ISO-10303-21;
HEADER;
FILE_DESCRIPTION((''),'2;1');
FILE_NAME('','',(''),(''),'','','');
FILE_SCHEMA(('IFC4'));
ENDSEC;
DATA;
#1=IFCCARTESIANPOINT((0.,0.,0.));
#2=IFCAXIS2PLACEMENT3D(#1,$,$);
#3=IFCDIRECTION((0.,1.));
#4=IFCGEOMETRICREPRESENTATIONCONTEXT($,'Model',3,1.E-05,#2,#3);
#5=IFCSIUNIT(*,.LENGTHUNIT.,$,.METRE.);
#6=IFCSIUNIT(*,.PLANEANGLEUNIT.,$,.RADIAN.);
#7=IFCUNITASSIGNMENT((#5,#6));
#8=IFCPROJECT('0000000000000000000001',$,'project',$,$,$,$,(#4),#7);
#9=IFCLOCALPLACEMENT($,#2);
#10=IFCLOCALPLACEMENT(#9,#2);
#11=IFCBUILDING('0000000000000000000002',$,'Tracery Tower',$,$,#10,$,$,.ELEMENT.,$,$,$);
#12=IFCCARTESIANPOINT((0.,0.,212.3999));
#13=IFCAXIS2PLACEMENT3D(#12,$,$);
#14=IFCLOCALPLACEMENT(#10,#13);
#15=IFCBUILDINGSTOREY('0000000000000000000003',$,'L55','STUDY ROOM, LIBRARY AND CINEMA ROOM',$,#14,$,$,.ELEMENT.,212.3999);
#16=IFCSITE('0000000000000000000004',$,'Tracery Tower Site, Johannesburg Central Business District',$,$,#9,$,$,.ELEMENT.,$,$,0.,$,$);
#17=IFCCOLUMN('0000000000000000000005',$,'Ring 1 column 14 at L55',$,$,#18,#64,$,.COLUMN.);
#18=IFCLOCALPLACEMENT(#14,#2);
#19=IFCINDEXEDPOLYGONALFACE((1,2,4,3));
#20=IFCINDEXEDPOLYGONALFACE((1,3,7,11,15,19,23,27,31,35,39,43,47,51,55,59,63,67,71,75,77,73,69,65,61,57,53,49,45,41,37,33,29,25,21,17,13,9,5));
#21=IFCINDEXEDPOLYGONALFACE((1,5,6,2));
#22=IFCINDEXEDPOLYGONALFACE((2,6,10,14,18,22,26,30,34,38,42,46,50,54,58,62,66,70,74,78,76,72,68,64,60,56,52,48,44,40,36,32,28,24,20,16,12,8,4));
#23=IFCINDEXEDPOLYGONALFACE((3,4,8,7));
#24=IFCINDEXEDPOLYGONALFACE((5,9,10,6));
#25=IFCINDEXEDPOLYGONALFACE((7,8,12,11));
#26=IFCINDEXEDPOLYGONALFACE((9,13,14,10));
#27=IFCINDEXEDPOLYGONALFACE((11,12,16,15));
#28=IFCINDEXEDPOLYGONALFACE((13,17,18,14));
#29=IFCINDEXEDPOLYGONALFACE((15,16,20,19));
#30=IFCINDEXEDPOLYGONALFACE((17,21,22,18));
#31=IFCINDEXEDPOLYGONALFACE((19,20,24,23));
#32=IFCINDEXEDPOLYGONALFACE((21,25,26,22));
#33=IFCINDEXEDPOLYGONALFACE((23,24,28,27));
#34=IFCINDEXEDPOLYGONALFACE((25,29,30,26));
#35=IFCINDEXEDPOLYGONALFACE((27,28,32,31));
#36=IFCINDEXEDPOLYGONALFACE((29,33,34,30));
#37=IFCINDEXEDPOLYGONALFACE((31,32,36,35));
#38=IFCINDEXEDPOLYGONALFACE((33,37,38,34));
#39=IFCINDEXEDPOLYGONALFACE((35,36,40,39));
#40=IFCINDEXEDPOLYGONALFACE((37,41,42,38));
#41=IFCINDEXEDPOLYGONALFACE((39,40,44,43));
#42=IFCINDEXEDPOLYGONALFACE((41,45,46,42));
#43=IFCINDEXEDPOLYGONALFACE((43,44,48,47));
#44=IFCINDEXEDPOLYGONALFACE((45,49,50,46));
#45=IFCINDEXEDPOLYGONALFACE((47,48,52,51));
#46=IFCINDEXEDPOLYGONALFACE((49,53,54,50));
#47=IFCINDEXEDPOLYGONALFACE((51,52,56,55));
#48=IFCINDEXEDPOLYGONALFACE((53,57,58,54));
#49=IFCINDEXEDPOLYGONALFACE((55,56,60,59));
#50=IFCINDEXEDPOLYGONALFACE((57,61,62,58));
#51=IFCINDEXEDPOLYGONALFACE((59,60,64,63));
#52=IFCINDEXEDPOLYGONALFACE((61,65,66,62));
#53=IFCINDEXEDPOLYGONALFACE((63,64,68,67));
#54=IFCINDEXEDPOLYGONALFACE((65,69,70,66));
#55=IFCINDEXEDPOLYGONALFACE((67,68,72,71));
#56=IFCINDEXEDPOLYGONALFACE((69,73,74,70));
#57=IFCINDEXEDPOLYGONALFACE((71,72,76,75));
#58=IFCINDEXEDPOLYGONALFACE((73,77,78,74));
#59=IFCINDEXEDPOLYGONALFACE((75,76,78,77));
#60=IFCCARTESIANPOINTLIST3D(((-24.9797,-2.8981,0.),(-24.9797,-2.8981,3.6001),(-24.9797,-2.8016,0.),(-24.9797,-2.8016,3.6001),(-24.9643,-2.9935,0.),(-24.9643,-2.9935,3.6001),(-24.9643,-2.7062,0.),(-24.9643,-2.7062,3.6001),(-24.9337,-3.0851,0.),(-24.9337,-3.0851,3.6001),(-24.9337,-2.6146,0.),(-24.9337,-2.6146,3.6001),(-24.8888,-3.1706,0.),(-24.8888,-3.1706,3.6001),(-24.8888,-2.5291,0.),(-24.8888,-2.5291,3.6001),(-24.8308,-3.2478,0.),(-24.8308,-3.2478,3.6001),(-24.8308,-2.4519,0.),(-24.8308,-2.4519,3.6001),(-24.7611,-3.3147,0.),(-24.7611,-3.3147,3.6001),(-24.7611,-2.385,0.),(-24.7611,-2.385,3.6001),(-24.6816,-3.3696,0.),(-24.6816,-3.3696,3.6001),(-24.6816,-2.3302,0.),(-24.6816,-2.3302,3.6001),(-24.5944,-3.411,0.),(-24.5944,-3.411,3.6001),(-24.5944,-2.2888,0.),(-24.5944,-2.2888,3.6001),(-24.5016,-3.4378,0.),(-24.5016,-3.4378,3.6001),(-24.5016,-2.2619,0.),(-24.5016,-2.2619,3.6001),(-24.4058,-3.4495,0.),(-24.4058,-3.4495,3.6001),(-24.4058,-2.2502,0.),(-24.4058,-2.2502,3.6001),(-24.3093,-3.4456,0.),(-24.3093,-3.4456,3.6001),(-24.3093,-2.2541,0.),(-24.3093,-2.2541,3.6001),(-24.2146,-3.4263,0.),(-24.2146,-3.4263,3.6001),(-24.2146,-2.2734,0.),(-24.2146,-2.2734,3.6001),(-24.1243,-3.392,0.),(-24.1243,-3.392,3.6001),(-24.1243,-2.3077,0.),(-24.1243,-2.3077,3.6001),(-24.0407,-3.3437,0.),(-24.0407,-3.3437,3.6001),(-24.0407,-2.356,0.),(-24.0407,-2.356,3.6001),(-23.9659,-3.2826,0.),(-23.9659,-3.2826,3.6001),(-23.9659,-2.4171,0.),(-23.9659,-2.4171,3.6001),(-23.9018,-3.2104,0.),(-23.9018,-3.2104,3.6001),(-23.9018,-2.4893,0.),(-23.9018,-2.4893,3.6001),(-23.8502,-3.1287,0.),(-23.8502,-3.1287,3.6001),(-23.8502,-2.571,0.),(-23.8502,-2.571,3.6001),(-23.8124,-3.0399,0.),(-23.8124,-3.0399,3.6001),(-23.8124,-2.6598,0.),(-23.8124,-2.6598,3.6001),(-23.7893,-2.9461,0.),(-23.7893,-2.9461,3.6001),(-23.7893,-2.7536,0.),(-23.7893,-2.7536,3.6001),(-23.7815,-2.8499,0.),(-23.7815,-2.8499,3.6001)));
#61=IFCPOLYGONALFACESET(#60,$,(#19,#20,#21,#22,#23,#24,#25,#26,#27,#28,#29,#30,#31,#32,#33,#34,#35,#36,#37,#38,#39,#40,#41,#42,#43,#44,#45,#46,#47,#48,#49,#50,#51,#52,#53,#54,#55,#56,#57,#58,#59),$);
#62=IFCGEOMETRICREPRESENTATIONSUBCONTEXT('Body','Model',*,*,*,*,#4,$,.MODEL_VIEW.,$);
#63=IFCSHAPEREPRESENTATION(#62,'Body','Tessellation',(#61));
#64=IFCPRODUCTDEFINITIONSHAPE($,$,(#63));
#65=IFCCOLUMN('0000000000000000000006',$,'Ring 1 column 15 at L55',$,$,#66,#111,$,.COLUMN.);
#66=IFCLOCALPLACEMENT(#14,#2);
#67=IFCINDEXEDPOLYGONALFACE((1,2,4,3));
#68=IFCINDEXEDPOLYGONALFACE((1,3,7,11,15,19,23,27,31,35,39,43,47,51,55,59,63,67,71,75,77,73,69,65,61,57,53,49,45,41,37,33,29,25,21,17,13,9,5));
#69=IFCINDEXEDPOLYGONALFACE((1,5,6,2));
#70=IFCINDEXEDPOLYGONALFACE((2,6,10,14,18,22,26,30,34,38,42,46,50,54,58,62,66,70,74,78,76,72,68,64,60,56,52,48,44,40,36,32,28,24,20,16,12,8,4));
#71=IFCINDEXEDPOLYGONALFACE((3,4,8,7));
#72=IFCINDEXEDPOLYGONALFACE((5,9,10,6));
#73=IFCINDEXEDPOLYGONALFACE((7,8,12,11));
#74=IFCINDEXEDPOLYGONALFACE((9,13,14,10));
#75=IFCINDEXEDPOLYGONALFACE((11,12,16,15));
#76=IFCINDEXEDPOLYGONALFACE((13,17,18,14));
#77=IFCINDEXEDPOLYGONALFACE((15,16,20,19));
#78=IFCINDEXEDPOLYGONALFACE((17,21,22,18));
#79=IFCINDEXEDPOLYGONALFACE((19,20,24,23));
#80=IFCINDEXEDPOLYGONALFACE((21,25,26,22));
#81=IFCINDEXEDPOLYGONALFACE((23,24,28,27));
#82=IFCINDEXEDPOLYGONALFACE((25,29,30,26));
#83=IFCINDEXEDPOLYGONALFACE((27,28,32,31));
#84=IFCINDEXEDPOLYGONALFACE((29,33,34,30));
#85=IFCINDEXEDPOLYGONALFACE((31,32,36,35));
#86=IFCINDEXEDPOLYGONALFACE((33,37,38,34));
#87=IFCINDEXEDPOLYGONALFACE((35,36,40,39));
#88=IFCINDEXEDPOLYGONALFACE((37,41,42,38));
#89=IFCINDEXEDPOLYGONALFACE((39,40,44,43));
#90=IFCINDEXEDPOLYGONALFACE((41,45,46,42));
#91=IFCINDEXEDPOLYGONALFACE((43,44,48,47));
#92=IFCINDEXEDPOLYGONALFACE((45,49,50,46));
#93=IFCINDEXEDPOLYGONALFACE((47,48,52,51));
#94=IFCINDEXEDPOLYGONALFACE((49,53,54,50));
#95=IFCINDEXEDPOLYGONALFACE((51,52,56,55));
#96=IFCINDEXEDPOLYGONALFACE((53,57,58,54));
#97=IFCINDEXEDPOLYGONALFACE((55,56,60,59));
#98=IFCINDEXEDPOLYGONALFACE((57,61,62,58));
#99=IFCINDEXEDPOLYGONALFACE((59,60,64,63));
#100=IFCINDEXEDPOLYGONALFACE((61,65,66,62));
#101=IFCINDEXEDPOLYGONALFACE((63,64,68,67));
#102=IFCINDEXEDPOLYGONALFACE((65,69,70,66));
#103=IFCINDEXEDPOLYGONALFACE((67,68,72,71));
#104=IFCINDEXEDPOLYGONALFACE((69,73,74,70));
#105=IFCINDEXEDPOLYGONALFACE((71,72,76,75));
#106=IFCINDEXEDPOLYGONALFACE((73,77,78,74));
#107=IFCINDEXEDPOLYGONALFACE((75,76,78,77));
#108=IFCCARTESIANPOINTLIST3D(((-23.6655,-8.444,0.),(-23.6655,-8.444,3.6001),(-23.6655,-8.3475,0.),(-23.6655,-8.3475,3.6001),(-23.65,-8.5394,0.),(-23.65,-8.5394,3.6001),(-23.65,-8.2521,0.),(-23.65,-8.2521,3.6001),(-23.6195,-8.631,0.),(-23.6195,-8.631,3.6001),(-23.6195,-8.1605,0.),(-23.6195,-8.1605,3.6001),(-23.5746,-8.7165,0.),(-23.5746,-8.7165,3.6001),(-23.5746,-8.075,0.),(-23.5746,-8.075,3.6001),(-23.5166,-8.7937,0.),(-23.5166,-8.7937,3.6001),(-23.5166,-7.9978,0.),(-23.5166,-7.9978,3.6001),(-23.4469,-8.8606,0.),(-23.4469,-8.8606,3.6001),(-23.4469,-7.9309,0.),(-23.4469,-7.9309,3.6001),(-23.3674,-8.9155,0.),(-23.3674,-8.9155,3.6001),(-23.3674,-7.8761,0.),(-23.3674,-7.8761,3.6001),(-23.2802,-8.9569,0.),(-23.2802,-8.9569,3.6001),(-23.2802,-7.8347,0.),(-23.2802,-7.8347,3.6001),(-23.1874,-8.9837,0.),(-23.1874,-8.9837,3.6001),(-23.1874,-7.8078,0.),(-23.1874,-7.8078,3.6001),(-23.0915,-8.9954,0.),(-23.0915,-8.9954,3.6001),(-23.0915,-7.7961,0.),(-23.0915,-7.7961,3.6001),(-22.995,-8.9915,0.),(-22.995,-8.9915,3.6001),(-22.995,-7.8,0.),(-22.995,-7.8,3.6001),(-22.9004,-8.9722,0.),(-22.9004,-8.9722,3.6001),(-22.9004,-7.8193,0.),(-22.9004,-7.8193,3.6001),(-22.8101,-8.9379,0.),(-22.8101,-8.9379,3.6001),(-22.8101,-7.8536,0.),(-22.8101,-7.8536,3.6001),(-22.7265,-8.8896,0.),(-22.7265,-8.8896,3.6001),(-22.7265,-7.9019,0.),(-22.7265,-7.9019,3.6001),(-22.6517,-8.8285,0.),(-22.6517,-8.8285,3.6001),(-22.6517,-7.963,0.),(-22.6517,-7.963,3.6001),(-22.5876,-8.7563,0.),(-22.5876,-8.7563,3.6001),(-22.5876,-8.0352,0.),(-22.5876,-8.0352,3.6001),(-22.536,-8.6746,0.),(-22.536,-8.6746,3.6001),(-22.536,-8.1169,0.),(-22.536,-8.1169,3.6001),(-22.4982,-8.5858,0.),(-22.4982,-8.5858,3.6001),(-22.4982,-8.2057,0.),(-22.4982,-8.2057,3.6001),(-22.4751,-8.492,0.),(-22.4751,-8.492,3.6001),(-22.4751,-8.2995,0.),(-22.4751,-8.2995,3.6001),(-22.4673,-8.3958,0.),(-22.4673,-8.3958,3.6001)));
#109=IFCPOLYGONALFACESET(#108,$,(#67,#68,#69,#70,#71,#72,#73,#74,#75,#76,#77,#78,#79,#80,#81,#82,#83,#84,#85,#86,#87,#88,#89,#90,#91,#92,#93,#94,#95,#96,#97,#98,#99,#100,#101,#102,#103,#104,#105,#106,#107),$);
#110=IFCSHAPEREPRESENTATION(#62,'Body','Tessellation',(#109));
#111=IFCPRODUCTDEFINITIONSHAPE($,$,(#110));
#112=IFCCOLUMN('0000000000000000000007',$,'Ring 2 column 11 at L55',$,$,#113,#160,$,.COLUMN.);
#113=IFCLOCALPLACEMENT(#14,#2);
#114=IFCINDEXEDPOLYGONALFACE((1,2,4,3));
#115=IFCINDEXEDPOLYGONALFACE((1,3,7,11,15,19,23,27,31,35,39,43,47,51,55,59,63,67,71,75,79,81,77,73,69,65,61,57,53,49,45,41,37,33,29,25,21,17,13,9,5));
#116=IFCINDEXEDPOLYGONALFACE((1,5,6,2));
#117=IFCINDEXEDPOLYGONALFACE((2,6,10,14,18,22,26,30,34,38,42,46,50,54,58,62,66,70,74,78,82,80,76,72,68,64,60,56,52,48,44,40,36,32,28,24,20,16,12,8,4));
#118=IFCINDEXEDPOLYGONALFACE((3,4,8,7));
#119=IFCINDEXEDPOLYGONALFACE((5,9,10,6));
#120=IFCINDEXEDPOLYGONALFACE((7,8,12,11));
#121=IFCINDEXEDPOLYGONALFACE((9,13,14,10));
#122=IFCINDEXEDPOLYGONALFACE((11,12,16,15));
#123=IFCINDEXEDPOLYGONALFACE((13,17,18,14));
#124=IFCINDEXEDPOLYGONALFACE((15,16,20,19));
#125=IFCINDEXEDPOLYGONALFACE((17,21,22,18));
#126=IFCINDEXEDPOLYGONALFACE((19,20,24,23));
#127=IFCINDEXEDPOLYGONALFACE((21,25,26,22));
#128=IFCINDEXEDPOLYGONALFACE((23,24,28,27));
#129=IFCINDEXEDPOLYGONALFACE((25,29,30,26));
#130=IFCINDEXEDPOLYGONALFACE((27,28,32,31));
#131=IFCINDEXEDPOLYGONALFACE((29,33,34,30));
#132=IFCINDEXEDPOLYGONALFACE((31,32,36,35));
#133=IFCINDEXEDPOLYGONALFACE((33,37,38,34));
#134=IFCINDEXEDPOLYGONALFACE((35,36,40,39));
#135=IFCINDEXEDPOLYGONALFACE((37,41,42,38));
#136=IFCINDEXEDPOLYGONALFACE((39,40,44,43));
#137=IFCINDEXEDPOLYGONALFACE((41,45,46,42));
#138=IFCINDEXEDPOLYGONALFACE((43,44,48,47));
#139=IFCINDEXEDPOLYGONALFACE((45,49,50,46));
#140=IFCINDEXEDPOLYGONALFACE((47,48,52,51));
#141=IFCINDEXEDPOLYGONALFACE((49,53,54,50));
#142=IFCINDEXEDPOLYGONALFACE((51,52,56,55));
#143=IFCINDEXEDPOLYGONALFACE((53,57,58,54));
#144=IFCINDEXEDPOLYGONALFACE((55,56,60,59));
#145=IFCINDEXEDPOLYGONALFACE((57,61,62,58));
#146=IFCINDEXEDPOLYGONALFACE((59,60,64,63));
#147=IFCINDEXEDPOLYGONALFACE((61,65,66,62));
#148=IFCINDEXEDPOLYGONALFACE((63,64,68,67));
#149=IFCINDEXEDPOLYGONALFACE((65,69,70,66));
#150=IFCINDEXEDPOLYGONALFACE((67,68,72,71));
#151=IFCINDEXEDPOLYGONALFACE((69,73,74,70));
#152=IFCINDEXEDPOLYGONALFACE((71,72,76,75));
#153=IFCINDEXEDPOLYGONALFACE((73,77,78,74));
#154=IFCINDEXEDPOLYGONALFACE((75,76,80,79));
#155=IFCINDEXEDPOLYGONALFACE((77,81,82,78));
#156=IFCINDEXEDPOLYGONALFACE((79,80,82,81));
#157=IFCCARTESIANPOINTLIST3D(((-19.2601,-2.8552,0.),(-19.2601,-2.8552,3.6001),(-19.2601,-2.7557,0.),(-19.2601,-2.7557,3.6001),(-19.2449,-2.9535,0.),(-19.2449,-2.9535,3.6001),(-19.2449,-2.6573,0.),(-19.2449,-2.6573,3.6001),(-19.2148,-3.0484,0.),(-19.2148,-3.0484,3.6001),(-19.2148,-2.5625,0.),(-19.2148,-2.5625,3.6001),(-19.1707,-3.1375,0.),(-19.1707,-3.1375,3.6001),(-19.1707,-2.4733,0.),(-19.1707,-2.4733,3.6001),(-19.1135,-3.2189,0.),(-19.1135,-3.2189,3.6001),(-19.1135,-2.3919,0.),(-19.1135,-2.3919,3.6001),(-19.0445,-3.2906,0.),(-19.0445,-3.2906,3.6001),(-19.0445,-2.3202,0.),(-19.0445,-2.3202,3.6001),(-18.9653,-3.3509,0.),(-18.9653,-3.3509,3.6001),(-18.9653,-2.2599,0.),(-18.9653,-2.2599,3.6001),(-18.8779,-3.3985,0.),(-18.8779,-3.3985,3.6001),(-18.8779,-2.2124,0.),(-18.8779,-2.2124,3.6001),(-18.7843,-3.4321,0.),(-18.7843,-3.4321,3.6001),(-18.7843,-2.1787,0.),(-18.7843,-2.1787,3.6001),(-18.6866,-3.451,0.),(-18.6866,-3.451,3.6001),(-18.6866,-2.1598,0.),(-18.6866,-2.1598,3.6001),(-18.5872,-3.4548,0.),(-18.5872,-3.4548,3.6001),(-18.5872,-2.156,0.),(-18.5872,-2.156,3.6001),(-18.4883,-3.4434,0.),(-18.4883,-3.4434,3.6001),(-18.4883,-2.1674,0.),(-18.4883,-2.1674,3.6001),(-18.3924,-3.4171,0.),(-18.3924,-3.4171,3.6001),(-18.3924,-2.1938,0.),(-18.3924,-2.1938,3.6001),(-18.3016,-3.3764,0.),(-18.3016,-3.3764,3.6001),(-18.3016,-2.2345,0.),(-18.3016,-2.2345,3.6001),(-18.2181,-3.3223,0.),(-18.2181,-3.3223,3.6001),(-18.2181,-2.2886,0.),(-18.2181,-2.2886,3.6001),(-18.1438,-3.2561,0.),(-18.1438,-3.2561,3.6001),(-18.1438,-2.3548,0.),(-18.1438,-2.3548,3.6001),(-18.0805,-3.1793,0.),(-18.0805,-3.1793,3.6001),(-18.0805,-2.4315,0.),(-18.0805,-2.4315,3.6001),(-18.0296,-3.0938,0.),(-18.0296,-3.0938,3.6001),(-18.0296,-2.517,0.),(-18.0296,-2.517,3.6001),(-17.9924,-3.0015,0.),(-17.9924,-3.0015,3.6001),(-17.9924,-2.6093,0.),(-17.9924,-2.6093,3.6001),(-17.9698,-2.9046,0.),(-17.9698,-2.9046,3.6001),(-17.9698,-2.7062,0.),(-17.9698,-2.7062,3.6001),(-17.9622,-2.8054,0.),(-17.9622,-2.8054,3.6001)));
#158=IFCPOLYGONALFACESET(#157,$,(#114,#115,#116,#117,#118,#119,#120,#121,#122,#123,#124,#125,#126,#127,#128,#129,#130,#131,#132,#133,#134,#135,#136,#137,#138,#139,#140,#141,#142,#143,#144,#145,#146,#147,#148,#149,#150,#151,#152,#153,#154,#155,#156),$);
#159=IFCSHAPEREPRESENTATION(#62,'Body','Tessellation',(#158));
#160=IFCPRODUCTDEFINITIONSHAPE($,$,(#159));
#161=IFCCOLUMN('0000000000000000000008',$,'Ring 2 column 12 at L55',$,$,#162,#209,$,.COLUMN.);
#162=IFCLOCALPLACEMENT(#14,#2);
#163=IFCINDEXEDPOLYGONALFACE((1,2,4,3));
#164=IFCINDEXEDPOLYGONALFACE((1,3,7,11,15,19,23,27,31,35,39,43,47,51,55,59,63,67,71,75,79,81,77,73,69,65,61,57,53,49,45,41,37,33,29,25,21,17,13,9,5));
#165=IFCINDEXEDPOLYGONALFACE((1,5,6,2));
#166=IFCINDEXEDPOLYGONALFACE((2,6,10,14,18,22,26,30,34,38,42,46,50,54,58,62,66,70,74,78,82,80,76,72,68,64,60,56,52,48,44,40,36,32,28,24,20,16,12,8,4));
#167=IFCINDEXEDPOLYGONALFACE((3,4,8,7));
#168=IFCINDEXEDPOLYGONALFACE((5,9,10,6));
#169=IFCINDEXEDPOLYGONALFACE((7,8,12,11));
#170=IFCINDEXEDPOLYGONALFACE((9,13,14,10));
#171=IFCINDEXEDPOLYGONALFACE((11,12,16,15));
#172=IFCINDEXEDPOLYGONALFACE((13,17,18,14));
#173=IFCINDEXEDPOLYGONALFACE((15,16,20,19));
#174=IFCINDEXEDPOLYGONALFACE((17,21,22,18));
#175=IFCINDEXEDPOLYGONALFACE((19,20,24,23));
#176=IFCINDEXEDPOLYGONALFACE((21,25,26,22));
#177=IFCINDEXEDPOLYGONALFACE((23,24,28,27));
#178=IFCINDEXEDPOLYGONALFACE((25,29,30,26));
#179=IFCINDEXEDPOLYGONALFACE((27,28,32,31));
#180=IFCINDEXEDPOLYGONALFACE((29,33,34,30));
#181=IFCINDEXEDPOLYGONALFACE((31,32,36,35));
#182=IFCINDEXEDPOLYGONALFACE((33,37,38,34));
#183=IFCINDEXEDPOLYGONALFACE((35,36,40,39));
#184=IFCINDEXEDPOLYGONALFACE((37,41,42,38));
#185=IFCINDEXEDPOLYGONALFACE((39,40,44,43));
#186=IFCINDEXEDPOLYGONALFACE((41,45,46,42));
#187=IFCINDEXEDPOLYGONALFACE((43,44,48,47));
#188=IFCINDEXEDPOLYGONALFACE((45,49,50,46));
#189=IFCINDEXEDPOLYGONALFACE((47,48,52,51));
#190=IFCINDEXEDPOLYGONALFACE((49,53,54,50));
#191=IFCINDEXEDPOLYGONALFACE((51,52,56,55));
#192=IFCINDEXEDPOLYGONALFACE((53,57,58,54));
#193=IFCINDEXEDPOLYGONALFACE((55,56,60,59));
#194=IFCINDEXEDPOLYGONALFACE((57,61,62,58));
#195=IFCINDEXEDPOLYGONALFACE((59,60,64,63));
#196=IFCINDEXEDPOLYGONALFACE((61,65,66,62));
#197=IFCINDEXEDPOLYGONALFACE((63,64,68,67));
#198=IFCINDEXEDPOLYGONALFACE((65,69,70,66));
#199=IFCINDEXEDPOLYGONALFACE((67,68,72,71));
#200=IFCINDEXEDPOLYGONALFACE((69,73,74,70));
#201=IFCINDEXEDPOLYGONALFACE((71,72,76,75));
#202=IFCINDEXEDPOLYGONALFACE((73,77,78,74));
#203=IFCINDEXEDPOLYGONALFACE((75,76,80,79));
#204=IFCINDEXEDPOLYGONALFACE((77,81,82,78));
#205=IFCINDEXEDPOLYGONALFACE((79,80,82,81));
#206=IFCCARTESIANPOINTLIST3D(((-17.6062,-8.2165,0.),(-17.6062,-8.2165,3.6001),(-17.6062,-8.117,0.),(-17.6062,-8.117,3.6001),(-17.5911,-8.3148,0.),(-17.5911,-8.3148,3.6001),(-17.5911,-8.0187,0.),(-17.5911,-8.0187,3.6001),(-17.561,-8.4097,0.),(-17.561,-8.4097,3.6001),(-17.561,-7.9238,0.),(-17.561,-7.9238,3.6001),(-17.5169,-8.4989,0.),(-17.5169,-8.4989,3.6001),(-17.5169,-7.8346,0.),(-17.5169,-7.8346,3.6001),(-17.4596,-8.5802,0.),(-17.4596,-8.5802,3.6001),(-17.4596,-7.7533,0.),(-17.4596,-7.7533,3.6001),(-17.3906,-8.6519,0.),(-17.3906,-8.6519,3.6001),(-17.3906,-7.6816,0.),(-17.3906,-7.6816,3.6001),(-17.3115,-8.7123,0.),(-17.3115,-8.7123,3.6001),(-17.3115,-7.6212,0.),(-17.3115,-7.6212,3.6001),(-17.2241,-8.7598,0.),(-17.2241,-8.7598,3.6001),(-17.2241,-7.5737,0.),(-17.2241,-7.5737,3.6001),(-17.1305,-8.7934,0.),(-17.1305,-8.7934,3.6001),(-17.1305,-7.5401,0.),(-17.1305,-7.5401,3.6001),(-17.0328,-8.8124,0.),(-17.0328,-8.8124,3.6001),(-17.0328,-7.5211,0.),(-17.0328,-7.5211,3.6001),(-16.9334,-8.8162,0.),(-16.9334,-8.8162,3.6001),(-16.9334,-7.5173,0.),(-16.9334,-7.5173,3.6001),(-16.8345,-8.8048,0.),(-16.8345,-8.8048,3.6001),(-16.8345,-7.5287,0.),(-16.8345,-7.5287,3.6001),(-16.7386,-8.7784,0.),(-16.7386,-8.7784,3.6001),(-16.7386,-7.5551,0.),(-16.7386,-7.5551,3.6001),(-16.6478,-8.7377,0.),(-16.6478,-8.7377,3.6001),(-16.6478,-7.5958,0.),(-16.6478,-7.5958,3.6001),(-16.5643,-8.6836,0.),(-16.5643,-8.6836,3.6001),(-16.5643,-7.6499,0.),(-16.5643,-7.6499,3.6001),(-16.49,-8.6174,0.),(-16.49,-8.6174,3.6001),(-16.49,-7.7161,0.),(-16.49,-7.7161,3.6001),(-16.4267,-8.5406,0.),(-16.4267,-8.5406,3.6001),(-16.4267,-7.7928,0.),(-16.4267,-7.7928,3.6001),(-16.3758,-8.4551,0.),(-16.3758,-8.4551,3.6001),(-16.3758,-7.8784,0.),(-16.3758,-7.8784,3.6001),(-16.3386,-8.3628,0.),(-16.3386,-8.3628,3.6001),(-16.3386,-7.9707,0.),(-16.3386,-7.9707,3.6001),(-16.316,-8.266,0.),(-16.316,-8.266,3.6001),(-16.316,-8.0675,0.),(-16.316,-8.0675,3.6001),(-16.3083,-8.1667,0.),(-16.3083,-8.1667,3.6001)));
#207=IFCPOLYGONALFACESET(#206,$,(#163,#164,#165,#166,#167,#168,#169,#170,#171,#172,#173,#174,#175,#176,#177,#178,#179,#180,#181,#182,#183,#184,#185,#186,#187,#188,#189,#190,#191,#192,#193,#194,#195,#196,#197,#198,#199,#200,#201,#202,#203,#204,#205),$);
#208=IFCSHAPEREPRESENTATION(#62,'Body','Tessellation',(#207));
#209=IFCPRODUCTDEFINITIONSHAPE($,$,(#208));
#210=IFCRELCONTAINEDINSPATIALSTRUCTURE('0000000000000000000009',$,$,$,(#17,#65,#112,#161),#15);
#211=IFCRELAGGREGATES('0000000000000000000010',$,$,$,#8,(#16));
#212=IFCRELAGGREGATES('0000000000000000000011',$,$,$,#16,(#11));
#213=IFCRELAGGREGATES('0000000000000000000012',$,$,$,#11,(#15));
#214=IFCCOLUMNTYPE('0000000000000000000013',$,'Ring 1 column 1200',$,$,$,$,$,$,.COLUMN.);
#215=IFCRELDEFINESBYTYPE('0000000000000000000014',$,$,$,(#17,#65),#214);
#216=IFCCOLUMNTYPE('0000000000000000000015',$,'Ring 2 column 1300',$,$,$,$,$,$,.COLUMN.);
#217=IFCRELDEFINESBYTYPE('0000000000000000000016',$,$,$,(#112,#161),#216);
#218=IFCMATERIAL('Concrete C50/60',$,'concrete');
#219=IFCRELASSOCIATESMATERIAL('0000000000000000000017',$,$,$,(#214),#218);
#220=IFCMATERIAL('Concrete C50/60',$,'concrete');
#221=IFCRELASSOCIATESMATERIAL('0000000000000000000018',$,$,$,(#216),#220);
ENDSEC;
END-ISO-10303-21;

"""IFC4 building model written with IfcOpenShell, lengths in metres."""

from ifc_helpers import new_model, si_unit, direction, frame, origin, origin_2d, place, context, subcontext, project, spatial, circle, extrude, material, material_profile, profile_set, type_object, element, save


model = new_model("IFC4")

# Units and contexts
model_context = context("Model", 3, precision=1e-05, world=origin(), true_north=direction((0.0, 1.0)))
body_context = subcontext(model_context, "Body", "Model", "MODEL_VIEW")
ifc_project = project(units=[si_unit("LENGTHUNIT", "METRE"), si_unit("PLANEANGLEUNIT", "RADIAN")], contexts=[model_context])

# Site, building, storey
site_placement = place(None, origin())
site = spatial("IfcSite", under=ifc_project, at=site_placement, Name="Tracery Tower Site, Johannesburg Central Business District", CompositionType="ELEMENT", RefElevation=0.0)
building_placement = place(site_placement, origin())
building = spatial("IfcBuilding", under=site, at=building_placement, Name="Tracery Tower", CompositionType="ELEMENT")
storey_placement = place(building_placement, frame((0.0, 0.0, 212.3999)))
storey = spatial("IfcBuildingStorey", under=building, at=storey_placement, Name="L55", Description="STUDY ROOM, LIBRARY AND CINEMA ROOM", CompositionType="ELEMENT", Elevation=212.3999)

# Columns
ifc_material_1 = material(Name="Concrete C50/60", Category="concrete")
ifc_material_profile_1 = material_profile(ifc_material_1, circle(Radius=0.6001, at=origin_2d()), Name="RC D1200")
ifc_profile_set_1 = profile_set([ifc_material_profile_1], Name="Concrete C50/60")
column_type_1 = type_object("IfcColumnType", Name="Ring 1 column 1200", PredefinedType="COLUMN", material=ifc_profile_set_1)
for number, where, z_axis, x_axis, name in (
    (1, (-24.3816, -2.8499, 0.0), (0.0, 0.0, 1.0), (1.0, 0.0, 0.0), "Ring 1 column 14 at L55"),
    (2, (-23.0674, -8.3958, 0.0), (0.0, 0.0, 1.0), (1.0, 0.0, 0.0), "Ring 1 column 15 at L55"),
):
    element("IfcColumn", number, at=place(storey_placement, frame(where, z_axis=z_axis, x_axis=x_axis)), inside=storey, type_object=column_type_1, Name=name, PredefinedType="COLUMN", context=body_context, shape_type="SweptSolid", body=[
        extrude(circle(Radius=0.6001, at=origin_2d()), origin(), (0.0, 0.0, 1.0), 3.6001),
    ])
ifc_material_2 = material(Name="Concrete C50/60", Category="concrete")
ifc_material_profile_2 = material_profile(ifc_material_2, circle(Radius=0.6499, at=origin_2d()), Name="RC D1300")
ifc_profile_set_2 = profile_set([ifc_material_profile_2], Name="Concrete C50/60")
column_type_2 = type_object("IfcColumnType", Name="Ring 2 column 1300", PredefinedType="COLUMN", material=ifc_profile_set_2)
for number, where, z_axis, x_axis, name in (
    (3, (-18.6121, -2.8054, 0.0), (0.0, 0.0, 1.0), (1.0, 0.0, 0.0), "Ring 2 column 11 at L55"),
    (4, (-16.9583, -8.1667, 0.0), (0.0, 0.0, 1.0), (1.0, 0.0, 0.0), "Ring 2 column 12 at L55"),
):
    element("IfcColumn", number, at=place(storey_placement, frame(where, z_axis=z_axis, x_axis=x_axis)), inside=storey, type_object=column_type_2, Name=name, PredefinedType="COLUMN", context=body_context, shape_type="SweptSolid", body=[
        extrude(circle(Radius=0.6499, at=origin_2d()), origin(), (0.0, 0.0, 1.0), 3.6001),
    ])

save(model, "model.ifc")
